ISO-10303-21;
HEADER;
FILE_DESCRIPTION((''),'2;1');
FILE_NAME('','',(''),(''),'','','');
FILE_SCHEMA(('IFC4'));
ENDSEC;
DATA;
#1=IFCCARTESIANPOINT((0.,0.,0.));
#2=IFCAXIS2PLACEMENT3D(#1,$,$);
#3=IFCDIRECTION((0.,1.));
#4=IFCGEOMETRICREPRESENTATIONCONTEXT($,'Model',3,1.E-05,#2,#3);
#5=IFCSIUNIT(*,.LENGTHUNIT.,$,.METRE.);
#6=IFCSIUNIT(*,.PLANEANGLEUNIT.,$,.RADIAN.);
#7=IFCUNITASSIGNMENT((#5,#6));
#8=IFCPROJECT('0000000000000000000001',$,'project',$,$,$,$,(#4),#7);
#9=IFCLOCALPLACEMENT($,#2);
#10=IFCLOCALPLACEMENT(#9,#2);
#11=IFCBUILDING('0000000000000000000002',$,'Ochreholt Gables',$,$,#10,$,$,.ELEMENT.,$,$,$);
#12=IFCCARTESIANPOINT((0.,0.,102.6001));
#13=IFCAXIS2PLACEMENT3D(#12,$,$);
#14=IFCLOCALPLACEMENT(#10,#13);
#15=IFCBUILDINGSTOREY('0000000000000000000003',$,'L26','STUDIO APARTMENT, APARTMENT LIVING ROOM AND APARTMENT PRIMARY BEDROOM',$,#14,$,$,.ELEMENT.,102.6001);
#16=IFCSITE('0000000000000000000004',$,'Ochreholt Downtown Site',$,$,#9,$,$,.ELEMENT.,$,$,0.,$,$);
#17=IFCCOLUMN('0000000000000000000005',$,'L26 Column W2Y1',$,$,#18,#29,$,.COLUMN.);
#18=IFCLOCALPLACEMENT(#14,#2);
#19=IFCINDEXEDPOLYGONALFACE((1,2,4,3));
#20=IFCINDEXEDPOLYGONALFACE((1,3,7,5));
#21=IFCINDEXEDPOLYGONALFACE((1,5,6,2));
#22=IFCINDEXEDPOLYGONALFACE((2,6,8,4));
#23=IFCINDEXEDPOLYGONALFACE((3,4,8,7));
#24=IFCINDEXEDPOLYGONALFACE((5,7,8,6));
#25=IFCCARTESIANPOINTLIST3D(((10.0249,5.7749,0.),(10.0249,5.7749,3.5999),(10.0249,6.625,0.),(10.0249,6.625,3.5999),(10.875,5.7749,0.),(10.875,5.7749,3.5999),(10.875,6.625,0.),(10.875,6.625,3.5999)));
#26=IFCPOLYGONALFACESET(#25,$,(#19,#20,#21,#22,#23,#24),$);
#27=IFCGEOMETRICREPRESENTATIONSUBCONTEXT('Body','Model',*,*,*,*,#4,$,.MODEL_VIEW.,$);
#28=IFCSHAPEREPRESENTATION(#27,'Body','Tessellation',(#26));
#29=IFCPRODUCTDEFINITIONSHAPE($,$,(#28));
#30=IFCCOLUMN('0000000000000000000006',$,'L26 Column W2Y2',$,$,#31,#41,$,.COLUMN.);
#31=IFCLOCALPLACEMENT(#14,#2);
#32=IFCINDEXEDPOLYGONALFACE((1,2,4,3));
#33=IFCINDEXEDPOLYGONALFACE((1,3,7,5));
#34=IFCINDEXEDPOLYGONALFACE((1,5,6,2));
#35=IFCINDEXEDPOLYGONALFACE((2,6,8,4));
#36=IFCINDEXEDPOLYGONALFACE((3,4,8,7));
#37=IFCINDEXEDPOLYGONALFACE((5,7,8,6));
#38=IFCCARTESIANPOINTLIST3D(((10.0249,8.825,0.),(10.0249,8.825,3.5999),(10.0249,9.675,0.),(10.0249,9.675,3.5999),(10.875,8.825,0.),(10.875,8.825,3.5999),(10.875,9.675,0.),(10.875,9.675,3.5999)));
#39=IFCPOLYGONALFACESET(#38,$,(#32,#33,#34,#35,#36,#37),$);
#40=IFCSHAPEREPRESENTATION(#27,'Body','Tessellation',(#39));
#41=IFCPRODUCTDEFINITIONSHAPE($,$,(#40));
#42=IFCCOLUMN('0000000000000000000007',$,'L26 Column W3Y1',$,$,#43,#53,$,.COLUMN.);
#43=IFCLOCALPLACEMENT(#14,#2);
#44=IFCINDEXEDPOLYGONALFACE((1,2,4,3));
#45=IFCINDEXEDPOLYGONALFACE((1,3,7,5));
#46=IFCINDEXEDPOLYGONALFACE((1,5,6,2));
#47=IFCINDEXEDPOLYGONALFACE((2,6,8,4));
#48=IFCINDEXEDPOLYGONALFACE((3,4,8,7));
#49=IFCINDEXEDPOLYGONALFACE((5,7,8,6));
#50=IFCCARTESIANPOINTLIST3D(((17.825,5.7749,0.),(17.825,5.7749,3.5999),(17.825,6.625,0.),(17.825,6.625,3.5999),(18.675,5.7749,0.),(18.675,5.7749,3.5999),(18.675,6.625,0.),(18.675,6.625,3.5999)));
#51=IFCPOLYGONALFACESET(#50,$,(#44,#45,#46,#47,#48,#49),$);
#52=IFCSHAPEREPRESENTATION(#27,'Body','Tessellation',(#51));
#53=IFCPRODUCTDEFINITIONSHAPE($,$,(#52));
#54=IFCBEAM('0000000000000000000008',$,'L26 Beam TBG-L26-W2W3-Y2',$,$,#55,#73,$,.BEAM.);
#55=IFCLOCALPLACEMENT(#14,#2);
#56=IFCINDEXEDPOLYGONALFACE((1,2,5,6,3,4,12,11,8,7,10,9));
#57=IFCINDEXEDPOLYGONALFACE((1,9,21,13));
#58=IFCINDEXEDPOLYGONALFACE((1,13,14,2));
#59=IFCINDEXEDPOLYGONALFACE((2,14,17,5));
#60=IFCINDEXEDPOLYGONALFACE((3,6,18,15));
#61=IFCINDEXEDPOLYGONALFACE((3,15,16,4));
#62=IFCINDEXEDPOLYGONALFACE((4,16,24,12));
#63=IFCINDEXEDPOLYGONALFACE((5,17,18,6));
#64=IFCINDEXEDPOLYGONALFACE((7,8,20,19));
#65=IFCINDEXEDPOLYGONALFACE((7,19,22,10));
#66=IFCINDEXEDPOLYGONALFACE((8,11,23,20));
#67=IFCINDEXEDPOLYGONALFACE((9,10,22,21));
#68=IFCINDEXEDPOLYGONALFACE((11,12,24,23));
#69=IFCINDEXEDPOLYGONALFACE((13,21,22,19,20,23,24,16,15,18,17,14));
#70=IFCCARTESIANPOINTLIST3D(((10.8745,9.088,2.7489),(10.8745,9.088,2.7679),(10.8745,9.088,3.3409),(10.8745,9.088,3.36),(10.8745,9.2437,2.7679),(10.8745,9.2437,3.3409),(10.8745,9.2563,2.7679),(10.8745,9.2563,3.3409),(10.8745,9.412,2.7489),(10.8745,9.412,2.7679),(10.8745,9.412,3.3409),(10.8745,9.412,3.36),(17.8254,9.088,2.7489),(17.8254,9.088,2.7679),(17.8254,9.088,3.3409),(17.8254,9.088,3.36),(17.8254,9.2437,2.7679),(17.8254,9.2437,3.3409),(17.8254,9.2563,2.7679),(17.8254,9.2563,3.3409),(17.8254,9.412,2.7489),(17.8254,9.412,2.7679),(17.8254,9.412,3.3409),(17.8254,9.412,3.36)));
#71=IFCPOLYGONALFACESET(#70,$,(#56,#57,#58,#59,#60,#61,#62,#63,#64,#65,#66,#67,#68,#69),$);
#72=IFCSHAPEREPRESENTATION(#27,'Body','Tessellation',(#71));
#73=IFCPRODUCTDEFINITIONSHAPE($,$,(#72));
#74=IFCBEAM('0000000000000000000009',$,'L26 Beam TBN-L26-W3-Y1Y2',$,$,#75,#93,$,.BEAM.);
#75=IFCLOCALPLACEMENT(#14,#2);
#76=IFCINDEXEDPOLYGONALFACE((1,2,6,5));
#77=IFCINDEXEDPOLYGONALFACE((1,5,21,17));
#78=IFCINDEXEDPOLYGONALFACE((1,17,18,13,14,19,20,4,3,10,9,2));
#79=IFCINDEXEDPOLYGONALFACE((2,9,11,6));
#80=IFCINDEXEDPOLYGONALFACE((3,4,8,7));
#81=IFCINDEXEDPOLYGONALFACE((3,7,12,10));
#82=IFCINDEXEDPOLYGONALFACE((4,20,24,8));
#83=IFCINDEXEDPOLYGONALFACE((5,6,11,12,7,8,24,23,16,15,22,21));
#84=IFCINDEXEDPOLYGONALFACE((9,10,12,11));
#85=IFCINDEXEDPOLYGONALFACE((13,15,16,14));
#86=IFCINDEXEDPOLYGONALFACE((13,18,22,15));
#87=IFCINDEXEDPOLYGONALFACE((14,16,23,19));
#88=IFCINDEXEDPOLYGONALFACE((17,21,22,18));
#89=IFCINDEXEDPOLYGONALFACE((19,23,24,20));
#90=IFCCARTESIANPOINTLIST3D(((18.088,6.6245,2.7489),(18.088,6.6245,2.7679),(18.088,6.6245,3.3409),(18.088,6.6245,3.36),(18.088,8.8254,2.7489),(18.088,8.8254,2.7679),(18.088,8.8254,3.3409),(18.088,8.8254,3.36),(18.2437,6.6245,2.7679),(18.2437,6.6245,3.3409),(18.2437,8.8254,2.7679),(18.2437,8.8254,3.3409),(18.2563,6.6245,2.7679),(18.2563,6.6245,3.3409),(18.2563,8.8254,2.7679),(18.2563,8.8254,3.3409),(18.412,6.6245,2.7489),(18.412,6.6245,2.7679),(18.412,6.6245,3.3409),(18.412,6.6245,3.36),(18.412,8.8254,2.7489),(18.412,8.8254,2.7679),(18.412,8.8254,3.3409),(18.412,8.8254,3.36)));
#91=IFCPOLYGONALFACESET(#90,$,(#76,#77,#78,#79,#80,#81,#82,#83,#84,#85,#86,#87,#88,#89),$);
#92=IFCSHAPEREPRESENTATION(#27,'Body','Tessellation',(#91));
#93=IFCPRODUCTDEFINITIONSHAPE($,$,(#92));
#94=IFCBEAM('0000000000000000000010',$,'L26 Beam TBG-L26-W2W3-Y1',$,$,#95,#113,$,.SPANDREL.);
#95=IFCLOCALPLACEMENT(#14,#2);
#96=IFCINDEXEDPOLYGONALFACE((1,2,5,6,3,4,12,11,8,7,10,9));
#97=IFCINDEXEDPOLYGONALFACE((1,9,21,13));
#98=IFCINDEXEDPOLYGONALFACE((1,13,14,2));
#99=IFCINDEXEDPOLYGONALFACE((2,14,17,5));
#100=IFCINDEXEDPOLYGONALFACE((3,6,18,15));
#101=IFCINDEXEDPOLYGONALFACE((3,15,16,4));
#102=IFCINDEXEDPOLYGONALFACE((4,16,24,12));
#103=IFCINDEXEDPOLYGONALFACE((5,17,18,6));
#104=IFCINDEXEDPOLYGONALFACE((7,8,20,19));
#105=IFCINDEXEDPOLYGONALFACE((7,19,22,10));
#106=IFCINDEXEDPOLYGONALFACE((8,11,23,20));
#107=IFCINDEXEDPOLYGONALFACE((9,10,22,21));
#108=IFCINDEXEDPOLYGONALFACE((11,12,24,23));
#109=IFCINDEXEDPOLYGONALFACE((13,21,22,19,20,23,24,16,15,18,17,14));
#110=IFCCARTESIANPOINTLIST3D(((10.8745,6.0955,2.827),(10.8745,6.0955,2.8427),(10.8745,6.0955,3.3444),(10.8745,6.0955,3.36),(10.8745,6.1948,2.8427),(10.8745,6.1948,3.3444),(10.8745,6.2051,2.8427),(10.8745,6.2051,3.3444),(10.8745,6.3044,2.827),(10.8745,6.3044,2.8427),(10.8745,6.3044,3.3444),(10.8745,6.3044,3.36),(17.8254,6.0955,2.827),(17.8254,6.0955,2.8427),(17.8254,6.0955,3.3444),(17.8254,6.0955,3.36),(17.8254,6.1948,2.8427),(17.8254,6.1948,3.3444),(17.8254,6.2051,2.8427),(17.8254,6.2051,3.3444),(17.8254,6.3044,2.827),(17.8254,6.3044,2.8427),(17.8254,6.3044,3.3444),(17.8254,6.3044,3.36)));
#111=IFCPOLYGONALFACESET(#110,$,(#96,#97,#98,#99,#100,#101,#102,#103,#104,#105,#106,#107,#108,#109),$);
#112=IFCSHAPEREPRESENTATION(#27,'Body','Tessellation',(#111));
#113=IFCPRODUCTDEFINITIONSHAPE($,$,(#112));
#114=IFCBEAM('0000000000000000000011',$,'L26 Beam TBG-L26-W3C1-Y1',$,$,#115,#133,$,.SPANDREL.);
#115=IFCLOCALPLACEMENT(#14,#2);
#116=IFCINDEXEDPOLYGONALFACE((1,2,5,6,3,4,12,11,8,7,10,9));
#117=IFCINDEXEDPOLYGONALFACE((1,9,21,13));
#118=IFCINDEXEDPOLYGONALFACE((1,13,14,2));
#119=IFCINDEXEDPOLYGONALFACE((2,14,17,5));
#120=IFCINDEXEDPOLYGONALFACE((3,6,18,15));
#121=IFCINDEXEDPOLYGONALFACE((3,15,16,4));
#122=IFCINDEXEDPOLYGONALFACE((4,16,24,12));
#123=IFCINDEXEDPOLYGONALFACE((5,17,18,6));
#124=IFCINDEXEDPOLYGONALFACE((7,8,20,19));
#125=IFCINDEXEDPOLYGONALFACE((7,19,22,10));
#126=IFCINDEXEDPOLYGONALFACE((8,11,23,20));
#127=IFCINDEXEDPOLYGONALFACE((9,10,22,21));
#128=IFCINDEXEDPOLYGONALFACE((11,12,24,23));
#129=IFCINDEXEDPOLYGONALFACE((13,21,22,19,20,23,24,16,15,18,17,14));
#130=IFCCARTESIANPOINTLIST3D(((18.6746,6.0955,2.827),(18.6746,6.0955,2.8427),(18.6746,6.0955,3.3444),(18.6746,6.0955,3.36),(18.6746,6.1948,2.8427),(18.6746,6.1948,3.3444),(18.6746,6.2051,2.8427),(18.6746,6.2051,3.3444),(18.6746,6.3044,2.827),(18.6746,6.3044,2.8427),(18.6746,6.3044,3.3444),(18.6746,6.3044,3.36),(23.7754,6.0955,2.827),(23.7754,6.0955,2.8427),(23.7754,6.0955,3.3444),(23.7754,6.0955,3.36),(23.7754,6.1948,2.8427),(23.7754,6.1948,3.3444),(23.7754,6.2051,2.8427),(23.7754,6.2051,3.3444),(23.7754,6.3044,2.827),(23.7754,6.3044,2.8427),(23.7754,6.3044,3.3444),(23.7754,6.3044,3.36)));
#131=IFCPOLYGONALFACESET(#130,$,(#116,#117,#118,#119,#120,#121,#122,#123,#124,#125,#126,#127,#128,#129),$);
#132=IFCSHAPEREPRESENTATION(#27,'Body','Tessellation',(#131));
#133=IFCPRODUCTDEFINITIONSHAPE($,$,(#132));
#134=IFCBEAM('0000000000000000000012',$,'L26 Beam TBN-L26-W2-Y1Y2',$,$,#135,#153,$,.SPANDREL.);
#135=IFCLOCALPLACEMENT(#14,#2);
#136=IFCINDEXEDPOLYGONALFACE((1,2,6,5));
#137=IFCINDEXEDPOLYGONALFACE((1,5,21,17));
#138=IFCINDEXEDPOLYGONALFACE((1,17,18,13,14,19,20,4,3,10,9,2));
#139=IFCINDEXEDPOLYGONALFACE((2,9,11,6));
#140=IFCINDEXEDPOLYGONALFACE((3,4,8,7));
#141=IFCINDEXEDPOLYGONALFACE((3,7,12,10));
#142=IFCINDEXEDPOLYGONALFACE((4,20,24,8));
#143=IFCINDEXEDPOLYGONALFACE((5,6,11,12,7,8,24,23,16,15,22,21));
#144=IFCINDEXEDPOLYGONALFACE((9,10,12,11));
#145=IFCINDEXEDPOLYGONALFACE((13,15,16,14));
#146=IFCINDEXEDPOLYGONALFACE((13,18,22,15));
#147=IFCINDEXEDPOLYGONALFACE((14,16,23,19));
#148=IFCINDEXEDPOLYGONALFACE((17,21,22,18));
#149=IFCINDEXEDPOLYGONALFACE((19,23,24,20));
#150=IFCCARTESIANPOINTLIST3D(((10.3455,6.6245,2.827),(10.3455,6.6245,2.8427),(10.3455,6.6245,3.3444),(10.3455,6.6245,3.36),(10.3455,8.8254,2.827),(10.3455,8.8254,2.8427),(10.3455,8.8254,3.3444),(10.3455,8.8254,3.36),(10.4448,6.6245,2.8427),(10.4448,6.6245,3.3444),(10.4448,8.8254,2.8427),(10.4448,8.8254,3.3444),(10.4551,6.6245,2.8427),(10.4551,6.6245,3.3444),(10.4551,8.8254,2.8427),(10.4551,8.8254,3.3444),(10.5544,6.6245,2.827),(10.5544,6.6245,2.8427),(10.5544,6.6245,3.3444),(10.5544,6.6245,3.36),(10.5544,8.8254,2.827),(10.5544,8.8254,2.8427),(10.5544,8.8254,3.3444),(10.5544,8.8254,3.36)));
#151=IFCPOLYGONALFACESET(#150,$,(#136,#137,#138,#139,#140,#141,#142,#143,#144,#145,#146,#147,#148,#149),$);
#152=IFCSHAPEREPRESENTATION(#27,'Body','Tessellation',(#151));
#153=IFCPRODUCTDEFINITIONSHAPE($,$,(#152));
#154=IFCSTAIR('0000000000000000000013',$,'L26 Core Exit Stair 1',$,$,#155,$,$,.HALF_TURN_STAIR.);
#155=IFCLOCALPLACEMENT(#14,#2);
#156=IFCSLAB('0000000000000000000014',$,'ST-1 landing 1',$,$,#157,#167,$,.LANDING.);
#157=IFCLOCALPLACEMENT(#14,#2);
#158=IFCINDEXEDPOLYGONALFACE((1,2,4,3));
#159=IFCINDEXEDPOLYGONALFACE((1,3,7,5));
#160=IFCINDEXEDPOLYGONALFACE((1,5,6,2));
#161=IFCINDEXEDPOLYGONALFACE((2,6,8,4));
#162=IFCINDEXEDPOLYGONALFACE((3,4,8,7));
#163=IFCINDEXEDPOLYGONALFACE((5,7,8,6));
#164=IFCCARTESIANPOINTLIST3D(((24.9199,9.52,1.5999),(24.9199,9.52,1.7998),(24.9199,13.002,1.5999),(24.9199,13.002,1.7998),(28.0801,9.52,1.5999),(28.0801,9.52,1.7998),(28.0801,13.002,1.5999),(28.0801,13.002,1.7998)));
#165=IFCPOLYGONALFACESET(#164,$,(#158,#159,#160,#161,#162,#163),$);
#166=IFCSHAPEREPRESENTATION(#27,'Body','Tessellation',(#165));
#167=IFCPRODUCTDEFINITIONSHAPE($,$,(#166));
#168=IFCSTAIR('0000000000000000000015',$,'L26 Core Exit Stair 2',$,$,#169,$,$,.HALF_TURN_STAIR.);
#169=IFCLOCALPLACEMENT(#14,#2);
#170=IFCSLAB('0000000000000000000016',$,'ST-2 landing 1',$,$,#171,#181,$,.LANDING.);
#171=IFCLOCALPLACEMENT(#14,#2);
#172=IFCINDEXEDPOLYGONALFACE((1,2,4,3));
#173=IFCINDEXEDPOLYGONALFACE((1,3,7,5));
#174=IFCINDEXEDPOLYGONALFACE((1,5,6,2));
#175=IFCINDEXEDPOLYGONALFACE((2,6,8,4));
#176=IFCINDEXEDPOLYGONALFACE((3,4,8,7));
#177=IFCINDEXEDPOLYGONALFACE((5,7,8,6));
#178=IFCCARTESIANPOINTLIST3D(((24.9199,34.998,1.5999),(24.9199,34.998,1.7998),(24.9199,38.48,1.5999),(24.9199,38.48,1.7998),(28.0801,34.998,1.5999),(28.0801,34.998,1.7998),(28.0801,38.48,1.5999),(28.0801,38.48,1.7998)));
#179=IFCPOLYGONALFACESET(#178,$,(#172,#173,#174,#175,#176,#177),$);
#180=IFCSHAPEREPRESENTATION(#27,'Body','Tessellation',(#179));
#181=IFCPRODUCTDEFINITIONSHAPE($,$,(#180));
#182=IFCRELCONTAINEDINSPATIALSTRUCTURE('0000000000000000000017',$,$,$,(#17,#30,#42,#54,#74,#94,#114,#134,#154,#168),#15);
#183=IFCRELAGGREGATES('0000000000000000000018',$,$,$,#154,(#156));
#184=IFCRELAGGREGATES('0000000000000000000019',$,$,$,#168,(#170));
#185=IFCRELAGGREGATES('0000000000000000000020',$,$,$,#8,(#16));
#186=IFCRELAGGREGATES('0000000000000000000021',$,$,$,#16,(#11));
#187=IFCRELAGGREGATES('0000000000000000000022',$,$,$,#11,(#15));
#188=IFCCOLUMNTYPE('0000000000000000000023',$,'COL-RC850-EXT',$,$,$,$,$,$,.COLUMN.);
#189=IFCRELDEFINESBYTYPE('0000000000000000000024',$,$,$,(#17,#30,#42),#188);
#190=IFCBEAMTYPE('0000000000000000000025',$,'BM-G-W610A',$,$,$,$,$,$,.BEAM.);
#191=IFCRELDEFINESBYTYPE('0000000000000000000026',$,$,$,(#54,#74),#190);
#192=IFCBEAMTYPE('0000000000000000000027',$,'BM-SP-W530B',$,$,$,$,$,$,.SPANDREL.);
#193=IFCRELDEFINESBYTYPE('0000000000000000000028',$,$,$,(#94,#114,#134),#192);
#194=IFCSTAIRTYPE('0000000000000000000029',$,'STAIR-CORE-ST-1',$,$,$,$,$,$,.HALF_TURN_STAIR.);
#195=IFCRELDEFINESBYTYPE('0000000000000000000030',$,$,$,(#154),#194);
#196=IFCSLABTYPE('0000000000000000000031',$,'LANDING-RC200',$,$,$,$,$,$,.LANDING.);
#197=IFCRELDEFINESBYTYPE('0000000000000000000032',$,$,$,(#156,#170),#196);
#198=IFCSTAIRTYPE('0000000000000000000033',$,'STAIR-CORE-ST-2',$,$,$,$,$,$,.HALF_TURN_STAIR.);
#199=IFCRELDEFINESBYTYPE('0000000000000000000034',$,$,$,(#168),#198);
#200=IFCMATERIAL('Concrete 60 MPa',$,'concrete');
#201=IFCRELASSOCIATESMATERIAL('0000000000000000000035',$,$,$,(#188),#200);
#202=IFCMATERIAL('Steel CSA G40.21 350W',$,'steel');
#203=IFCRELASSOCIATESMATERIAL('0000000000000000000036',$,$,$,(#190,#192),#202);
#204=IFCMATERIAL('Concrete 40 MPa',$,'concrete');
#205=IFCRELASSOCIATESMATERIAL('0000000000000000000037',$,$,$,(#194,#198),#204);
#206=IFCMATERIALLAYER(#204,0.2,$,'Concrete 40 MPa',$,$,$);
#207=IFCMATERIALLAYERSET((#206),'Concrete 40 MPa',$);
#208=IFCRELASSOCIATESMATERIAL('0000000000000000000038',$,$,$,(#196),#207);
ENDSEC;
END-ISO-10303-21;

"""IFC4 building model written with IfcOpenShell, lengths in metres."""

from ifc_helpers import new_model, si_unit, direction, frame, origin, origin_2d, place, context, subcontext, project, spatial, polyline, rectangle, i_section, outline, extrude, material, layer, layer_set, material_profile, profile_set, type_object, element, aggregate, save


model = new_model("IFC4")

# Units and contexts
model_context = context("Model", 3, precision=1e-05, world=origin(), true_north=direction((0.0, 1.0)))
body_context = subcontext(model_context, "Body", "Model", "MODEL_VIEW")
ifc_project = project(units=[si_unit("LENGTHUNIT", "METRE"), si_unit("PLANEANGLEUNIT", "RADIAN")], contexts=[model_context])

# Site, building, storey
site_placement = place(None, origin())
site = spatial("IfcSite", under=ifc_project, at=site_placement, Name="Ochreholt Downtown Site", CompositionType="ELEMENT", RefElevation=0.0)
building_placement = place(site_placement, origin())
building = spatial("IfcBuilding", under=site, at=building_placement, Name="Ochreholt Gables", CompositionType="ELEMENT")
storey_placement = place(building_placement, frame((0.0, 0.0, 102.6001)))
storey = spatial("IfcBuildingStorey", under=building, at=storey_placement, Name="L26", Description="STUDIO APARTMENT, APARTMENT LIVING ROOM AND APARTMENT PRIMARY BEDROOM", CompositionType="ELEMENT", Elevation=102.6001)

# Columns
ifc_material_1 = material(Name="Concrete 60 MPa", Category="concrete")
ifc_material_profile_1 = material_profile(ifc_material_1, rectangle(XDim=0.8501, YDim=0.8501, at=origin_2d()), Name="RC850X850")
ifc_profile_set_1 = profile_set([ifc_material_profile_1], Name="Concrete 60 MPa")
column_type = type_object("IfcColumnType", Name="COL-RC850-EXT", PredefinedType="COLUMN", material=ifc_profile_set_1)
for number, where, z_axis, x_axis, name in (
    (1, (10.45, 6.2, 0.0), (0.0, 0.0, 1.0), (1.0, 0.0, 0.0), "L26 Column W2Y1"),
    (2, (10.45, 9.25, 0.0), (0.0, 0.0, 1.0), (1.0, 0.0, 0.0), "L26 Column W2Y2"),
    (3, (18.25, 6.2, 0.0), (0.0, 0.0, 1.0), (1.0, 0.0, 0.0), "L26 Column W3Y1"),
):
    element("IfcColumn", number, at=place(storey_placement, frame(where, z_axis=z_axis, x_axis=x_axis)), inside=storey, type_object=column_type, Name=name, PredefinedType="COLUMN", context=body_context, shape_type="SweptSolid", body=[
        extrude(rectangle(XDim=0.8501, YDim=0.8501, at=origin_2d()), origin(), (0.0, 0.0, 1.0), 3.5999),
    ])

# Beams
ifc_material_2 = material(Name="Steel CSA G40.21 350W", Category="steel")
ifc_material_profile_2 = material_profile(ifc_material_2, i_section(OverallWidth=0.324, OverallDepth=0.6111, WebThickness=0.0127, FlangeThickness=0.019, at=origin_2d()), Name="W610X155")
ifc_profile_set_2 = profile_set([ifc_material_profile_2], Name="Steel CSA G40.21 350W")
beam_type_1 = type_object("IfcBeamType", Name="BM-G-W610A", PredefinedType="BEAM", material=ifc_profile_set_2)
beam_1_placement = place(storey_placement, frame((10.8745, 9.25, 3.0544), z_axis=(1.0, 0.0, 0.0), x_axis=(0.0, 1.0, 0.0)))
element("IfcBeam", 4, at=beam_1_placement, inside=storey, type_object=beam_type_1, Name="L26 Beam TBG-L26-W2W3-Y2", PredefinedType="BEAM", context=body_context, shape_type="SweptSolid", body=[
    extrude(i_section(OverallWidth=0.324, OverallDepth=0.6111, WebThickness=0.0127, FlangeThickness=0.019, at=origin_2d()), origin(), (0.0, 0.0, 1.0), 6.9509),
])
beam_2_placement = place(storey_placement, frame((18.25, 6.6245, 3.0544), z_axis=(0.0, 1.0, 0.0), x_axis=(-1.0, 0.0, 0.0)))
element("IfcBeam", 5, at=beam_2_placement, inside=storey, type_object=beam_type_1, Name="L26 Beam TBN-L26-W3-Y1Y2", PredefinedType="BEAM", context=body_context, shape_type="SweptSolid", body=[
    extrude(i_section(OverallWidth=0.324, OverallDepth=0.6111, WebThickness=0.0127, FlangeThickness=0.019, at=origin_2d()), origin(), (0.0, 0.0, 1.0), 2.2009),
])
ifc_material_profile_3 = material_profile(ifc_material_2, i_section(OverallWidth=0.209, OverallDepth=0.533, WebThickness=0.0103, FlangeThickness=0.0156, at=origin_2d()), Name="W530X92")
ifc_profile_set_3 = profile_set([ifc_material_profile_3], Name="Steel CSA G40.21 350W")
beam_type_2 = type_object("IfcBeamType", Name="BM-SP-W530B", PredefinedType="SPANDREL", material=ifc_profile_set_3)
beam_3_placement = place(storey_placement, frame((10.8745, 6.2, 3.0935), z_axis=(1.0, 0.0, 0.0), x_axis=(0.0, 1.0, 0.0)))
element("IfcBeam", 6, at=beam_3_placement, inside=storey, type_object=beam_type_2, Name="L26 Beam TBG-L26-W2W3-Y1", PredefinedType="SPANDREL", context=body_context, shape_type="SweptSolid", body=[
    extrude(i_section(OverallWidth=0.209, OverallDepth=0.533, WebThickness=0.0103, FlangeThickness=0.0156, at=origin_2d()), origin(), (0.0, 0.0, 1.0), 6.9509),
])
beam_4_placement = place(storey_placement, frame((18.6746, 6.2, 3.0935), z_axis=(1.0, 0.0, 0.0), x_axis=(0.0, 1.0, 0.0)))
element("IfcBeam", 7, at=beam_4_placement, inside=storey, type_object=beam_type_2, Name="L26 Beam TBG-L26-W3C1-Y1", PredefinedType="SPANDREL", context=body_context, shape_type="SweptSolid", body=[
    extrude(i_section(OverallWidth=0.209, OverallDepth=0.533, WebThickness=0.0103, FlangeThickness=0.0156, at=origin_2d()), origin(), (0.0, 0.0, 1.0), 5.1008),
])
beam_5_placement = place(storey_placement, frame((10.45, 6.6245, 3.0935), z_axis=(0.0, 1.0, 0.0), x_axis=(-1.0, 0.0, 0.0)))
element("IfcBeam", 8, at=beam_5_placement, inside=storey, type_object=beam_type_2, Name="L26 Beam TBN-L26-W2-Y1Y2", PredefinedType="SPANDREL", context=body_context, shape_type="SweptSolid", body=[
    extrude(i_section(OverallWidth=0.209, OverallDepth=0.533, WebThickness=0.0103, FlangeThickness=0.0156, at=origin_2d()), origin(), (0.0, 0.0, 1.0), 2.2009),
])

# Stairs, slabs
ifc_material_3 = material(Name="Concrete 40 MPa", Category="concrete")
stair_type_1 = type_object("IfcStairType", Name="STAIR-CORE-ST-1", PredefinedType="HALF_TURN_STAIR", material=ifc_material_3)
stair_1_placement = place(storey_placement, origin())
stair_1 = element("IfcStair", 9, at=stair_1_placement, inside=storey, type_object=stair_type_1, Name="L26 Core Exit Stair 1", PredefinedType="HALF_TURN_STAIR")
ifc_layer_1 = layer(ifc_material_3, 0.2, Name="Concrete 40 MPa")
ifc_layer_set_1 = layer_set([ifc_layer_1], Name="Concrete 40 MPa")
slab_type_1 = type_object("IfcSlabType", Name="LANDING-RC200", PredefinedType="LANDING", material=ifc_layer_set_1)
slab_1_placement = place(storey_placement, frame((0.0, 0.0, 1.5999)))
slab_1 = element("IfcSlab", 10, at=slab_1_placement, type_object=slab_type_1, Name="ST-1 landing 1", PredefinedType="LANDING", context=body_context, shape_type="SweptSolid", body=[
    extrude(outline(polyline([(24.9199, 13.002), (24.9199, 9.52), (28.0801, 9.52), (28.0801, 13.002), (24.9199, 13.002)])), origin(), (0.0, 0.0, 1.0), 0.2),
])
aggregate(stair_1, [slab_1])
stair_type_2 = type_object("IfcStairType", Name="STAIR-CORE-ST-2", PredefinedType="HALF_TURN_STAIR", material=ifc_material_3)
stair_2_placement = place(storey_placement, origin())
stair_2 = element("IfcStair", 11, at=stair_2_placement, inside=storey, type_object=stair_type_2, Name="L26 Core Exit Stair 2", PredefinedType="HALF_TURN_STAIR")
slab_2_placement = place(storey_placement, frame((0.0, 0.0, 1.5999)))
slab_2 = element("IfcSlab", 12, at=slab_2_placement, type_object=slab_type_1, Name="ST-2 landing 1", PredefinedType="LANDING", context=body_context, shape_type="SweptSolid", body=[
    extrude(outline(polyline([(28.0801, 34.998), (28.0801, 38.48), (24.9199, 38.48), (24.9199, 34.998), (28.0801, 34.998)])), origin(), (0.0, 0.0, 1.0), 0.2),
])
aggregate(stair_2, [slab_2])

save(model, "model.ifc")
